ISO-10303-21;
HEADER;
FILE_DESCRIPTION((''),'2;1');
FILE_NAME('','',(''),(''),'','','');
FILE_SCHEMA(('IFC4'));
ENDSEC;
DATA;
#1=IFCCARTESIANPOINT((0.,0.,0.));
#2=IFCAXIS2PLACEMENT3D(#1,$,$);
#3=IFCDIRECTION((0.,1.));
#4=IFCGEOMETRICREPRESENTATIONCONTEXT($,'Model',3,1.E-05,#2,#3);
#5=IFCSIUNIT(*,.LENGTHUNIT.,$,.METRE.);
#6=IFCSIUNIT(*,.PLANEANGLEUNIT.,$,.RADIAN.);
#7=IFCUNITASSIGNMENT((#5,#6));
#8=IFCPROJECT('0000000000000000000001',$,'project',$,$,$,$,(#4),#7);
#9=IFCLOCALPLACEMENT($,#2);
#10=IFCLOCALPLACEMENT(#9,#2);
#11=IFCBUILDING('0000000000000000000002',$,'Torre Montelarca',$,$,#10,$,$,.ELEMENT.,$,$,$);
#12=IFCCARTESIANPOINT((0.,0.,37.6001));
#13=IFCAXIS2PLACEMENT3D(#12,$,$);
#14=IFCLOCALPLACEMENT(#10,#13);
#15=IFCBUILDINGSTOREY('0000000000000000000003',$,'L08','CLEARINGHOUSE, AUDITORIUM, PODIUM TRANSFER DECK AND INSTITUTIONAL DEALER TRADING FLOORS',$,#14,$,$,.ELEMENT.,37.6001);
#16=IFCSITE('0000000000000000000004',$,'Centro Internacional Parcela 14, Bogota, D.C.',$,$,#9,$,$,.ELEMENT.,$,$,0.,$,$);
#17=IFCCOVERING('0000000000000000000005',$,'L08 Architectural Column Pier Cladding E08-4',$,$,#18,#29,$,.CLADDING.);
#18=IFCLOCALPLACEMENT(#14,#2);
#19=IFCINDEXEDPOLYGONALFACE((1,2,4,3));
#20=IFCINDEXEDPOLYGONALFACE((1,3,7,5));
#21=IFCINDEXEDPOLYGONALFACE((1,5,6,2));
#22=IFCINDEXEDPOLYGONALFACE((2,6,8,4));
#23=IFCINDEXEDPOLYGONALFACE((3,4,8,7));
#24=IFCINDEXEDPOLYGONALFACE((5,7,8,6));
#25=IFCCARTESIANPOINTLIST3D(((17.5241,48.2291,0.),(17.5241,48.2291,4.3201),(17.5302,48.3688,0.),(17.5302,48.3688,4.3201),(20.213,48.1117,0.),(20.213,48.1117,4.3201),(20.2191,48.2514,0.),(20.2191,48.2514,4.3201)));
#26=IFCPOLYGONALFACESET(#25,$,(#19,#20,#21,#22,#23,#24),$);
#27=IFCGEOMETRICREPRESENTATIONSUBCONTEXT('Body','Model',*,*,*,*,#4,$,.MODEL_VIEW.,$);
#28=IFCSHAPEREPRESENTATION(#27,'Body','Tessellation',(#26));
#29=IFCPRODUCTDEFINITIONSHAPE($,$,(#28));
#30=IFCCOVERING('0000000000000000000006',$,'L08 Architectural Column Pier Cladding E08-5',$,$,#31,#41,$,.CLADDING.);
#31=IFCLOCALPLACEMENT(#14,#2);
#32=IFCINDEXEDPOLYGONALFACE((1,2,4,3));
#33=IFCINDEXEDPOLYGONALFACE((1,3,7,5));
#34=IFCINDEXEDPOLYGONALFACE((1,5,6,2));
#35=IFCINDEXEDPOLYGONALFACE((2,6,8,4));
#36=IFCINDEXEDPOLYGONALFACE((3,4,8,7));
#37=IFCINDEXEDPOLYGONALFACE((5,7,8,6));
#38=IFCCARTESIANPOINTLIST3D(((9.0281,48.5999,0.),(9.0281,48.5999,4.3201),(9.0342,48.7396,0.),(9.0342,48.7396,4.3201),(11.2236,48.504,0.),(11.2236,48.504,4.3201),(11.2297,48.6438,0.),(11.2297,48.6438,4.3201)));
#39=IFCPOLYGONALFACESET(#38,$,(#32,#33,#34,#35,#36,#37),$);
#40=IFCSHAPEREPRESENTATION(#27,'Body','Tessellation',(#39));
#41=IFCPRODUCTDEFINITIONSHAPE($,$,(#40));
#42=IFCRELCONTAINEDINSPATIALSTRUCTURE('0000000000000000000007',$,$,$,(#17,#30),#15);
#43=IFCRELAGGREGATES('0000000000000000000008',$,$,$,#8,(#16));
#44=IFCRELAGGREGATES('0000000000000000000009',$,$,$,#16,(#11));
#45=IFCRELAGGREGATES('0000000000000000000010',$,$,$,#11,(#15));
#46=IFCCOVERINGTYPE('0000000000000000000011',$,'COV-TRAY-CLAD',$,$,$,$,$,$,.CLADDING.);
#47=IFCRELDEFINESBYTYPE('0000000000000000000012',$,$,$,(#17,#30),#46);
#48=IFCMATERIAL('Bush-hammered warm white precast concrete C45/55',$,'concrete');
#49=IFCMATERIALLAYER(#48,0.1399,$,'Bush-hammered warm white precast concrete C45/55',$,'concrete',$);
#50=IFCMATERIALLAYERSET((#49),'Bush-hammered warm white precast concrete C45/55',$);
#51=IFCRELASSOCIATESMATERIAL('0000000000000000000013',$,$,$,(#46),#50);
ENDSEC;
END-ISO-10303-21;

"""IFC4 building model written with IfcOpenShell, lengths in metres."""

from ifc_helpers import new_model, si_unit, direction, frame, origin, origin_2d, place, context, subcontext, project, spatial, rectangle, extrude, source, transform, mapped, material, layer, layer_set, type_object, element, save


model = new_model("IFC4")

# Units and contexts
model_context = context("Model", 3, precision=1e-05, world=origin(), true_north=direction((0.0, 1.0)))
body_context = subcontext(model_context, "Body", "Model", "MODEL_VIEW")
ifc_project = project(units=[si_unit("LENGTHUNIT", "METRE"), si_unit("PLANEANGLEUNIT", "RADIAN")], contexts=[model_context])

# Site, building, storey
site_placement = place(None, origin())
site = spatial("IfcSite", under=ifc_project, at=site_placement, Name="Centro Internacional Parcela 14, Bogota, D.C.", CompositionType="ELEMENT", RefElevation=0.0)
building_placement = place(site_placement, origin())
building = spatial("IfcBuilding", under=site, at=building_placement, Name="Torre Montelarca", CompositionType="ELEMENT")
storey_placement = place(building_placement, frame((0.0, 0.0, 37.6001)))
storey = spatial("IfcBuildingStorey", under=building, at=storey_placement, Name="L08", Description="CLEARINGHOUSE, AUDITORIUM, PODIUM TRANSFER DECK AND INSTITUTIONAL DEALER TRADING FLOORS", CompositionType="ELEMENT", Elevation=37.6001)

# Coverings
ifc_material_1 = material(Name="Bush-hammered warm white precast concrete C45/55", Category="concrete")
ifc_layer_1 = layer(ifc_material_1, 0.1399, Name="Bush-hammered warm white precast concrete C45/55", Category="concrete")
ifc_layer_set_1 = layer_set([ifc_layer_1], Name="Bush-hammered warm white precast concrete C45/55")
covering_type = type_object("IfcCoveringType", Name="COV-TRAY-CLAD", PredefinedType="CLADDING", material=ifc_layer_set_1)
shared_shape_1 = source(origin(), body_context, "Body", "SweptSolid", [
    extrude(rectangle(XDim=2.6914, YDim=0.1399, at=origin_2d()), origin(), (0.0, 0.0, 1.0), 4.3201),
])
covering_1_placement = place(storey_placement, frame((18.8716, 48.2402, 0.0), z_axis=(0.0, 0.0, 1.0), x_axis=(-0.999048, 0.043621, 0.0)))
element("IfcCovering", 1, at=covering_1_placement, inside=storey, type_object=covering_type, Name="L08 Architectural Column Pier Cladding E08-4", PredefinedType="CLADDING", context=body_context, shape_type="MappedRepresentation", body=[
    mapped(shared_shape_1, transform((0.0, 0.0, 0.0), scale=1.0)),
])
shared_shape_2 = source(origin(), body_context, "Body", "SweptSolid", [
    extrude(rectangle(XDim=2.1975, YDim=0.1399, at=origin_2d()), origin(), (0.0, 0.0, 1.0), 4.3201),
])
covering_2_placement = place(storey_placement, frame((10.1289, 48.6218, 0.0), z_axis=(0.0, 0.0, 1.0), x_axis=(-0.999048, 0.043621, 0.0)))
element("IfcCovering", 2, at=covering_2_placement, inside=storey, type_object=covering_type, Name="L08 Architectural Column Pier Cladding E08-5", PredefinedType="CLADDING", context=body_context, shape_type="MappedRepresentation", body=[
    mapped(shared_shape_2, transform((0.0, 0.0, 0.0), scale=1.0)),
])

save(model, "model.ifc")
